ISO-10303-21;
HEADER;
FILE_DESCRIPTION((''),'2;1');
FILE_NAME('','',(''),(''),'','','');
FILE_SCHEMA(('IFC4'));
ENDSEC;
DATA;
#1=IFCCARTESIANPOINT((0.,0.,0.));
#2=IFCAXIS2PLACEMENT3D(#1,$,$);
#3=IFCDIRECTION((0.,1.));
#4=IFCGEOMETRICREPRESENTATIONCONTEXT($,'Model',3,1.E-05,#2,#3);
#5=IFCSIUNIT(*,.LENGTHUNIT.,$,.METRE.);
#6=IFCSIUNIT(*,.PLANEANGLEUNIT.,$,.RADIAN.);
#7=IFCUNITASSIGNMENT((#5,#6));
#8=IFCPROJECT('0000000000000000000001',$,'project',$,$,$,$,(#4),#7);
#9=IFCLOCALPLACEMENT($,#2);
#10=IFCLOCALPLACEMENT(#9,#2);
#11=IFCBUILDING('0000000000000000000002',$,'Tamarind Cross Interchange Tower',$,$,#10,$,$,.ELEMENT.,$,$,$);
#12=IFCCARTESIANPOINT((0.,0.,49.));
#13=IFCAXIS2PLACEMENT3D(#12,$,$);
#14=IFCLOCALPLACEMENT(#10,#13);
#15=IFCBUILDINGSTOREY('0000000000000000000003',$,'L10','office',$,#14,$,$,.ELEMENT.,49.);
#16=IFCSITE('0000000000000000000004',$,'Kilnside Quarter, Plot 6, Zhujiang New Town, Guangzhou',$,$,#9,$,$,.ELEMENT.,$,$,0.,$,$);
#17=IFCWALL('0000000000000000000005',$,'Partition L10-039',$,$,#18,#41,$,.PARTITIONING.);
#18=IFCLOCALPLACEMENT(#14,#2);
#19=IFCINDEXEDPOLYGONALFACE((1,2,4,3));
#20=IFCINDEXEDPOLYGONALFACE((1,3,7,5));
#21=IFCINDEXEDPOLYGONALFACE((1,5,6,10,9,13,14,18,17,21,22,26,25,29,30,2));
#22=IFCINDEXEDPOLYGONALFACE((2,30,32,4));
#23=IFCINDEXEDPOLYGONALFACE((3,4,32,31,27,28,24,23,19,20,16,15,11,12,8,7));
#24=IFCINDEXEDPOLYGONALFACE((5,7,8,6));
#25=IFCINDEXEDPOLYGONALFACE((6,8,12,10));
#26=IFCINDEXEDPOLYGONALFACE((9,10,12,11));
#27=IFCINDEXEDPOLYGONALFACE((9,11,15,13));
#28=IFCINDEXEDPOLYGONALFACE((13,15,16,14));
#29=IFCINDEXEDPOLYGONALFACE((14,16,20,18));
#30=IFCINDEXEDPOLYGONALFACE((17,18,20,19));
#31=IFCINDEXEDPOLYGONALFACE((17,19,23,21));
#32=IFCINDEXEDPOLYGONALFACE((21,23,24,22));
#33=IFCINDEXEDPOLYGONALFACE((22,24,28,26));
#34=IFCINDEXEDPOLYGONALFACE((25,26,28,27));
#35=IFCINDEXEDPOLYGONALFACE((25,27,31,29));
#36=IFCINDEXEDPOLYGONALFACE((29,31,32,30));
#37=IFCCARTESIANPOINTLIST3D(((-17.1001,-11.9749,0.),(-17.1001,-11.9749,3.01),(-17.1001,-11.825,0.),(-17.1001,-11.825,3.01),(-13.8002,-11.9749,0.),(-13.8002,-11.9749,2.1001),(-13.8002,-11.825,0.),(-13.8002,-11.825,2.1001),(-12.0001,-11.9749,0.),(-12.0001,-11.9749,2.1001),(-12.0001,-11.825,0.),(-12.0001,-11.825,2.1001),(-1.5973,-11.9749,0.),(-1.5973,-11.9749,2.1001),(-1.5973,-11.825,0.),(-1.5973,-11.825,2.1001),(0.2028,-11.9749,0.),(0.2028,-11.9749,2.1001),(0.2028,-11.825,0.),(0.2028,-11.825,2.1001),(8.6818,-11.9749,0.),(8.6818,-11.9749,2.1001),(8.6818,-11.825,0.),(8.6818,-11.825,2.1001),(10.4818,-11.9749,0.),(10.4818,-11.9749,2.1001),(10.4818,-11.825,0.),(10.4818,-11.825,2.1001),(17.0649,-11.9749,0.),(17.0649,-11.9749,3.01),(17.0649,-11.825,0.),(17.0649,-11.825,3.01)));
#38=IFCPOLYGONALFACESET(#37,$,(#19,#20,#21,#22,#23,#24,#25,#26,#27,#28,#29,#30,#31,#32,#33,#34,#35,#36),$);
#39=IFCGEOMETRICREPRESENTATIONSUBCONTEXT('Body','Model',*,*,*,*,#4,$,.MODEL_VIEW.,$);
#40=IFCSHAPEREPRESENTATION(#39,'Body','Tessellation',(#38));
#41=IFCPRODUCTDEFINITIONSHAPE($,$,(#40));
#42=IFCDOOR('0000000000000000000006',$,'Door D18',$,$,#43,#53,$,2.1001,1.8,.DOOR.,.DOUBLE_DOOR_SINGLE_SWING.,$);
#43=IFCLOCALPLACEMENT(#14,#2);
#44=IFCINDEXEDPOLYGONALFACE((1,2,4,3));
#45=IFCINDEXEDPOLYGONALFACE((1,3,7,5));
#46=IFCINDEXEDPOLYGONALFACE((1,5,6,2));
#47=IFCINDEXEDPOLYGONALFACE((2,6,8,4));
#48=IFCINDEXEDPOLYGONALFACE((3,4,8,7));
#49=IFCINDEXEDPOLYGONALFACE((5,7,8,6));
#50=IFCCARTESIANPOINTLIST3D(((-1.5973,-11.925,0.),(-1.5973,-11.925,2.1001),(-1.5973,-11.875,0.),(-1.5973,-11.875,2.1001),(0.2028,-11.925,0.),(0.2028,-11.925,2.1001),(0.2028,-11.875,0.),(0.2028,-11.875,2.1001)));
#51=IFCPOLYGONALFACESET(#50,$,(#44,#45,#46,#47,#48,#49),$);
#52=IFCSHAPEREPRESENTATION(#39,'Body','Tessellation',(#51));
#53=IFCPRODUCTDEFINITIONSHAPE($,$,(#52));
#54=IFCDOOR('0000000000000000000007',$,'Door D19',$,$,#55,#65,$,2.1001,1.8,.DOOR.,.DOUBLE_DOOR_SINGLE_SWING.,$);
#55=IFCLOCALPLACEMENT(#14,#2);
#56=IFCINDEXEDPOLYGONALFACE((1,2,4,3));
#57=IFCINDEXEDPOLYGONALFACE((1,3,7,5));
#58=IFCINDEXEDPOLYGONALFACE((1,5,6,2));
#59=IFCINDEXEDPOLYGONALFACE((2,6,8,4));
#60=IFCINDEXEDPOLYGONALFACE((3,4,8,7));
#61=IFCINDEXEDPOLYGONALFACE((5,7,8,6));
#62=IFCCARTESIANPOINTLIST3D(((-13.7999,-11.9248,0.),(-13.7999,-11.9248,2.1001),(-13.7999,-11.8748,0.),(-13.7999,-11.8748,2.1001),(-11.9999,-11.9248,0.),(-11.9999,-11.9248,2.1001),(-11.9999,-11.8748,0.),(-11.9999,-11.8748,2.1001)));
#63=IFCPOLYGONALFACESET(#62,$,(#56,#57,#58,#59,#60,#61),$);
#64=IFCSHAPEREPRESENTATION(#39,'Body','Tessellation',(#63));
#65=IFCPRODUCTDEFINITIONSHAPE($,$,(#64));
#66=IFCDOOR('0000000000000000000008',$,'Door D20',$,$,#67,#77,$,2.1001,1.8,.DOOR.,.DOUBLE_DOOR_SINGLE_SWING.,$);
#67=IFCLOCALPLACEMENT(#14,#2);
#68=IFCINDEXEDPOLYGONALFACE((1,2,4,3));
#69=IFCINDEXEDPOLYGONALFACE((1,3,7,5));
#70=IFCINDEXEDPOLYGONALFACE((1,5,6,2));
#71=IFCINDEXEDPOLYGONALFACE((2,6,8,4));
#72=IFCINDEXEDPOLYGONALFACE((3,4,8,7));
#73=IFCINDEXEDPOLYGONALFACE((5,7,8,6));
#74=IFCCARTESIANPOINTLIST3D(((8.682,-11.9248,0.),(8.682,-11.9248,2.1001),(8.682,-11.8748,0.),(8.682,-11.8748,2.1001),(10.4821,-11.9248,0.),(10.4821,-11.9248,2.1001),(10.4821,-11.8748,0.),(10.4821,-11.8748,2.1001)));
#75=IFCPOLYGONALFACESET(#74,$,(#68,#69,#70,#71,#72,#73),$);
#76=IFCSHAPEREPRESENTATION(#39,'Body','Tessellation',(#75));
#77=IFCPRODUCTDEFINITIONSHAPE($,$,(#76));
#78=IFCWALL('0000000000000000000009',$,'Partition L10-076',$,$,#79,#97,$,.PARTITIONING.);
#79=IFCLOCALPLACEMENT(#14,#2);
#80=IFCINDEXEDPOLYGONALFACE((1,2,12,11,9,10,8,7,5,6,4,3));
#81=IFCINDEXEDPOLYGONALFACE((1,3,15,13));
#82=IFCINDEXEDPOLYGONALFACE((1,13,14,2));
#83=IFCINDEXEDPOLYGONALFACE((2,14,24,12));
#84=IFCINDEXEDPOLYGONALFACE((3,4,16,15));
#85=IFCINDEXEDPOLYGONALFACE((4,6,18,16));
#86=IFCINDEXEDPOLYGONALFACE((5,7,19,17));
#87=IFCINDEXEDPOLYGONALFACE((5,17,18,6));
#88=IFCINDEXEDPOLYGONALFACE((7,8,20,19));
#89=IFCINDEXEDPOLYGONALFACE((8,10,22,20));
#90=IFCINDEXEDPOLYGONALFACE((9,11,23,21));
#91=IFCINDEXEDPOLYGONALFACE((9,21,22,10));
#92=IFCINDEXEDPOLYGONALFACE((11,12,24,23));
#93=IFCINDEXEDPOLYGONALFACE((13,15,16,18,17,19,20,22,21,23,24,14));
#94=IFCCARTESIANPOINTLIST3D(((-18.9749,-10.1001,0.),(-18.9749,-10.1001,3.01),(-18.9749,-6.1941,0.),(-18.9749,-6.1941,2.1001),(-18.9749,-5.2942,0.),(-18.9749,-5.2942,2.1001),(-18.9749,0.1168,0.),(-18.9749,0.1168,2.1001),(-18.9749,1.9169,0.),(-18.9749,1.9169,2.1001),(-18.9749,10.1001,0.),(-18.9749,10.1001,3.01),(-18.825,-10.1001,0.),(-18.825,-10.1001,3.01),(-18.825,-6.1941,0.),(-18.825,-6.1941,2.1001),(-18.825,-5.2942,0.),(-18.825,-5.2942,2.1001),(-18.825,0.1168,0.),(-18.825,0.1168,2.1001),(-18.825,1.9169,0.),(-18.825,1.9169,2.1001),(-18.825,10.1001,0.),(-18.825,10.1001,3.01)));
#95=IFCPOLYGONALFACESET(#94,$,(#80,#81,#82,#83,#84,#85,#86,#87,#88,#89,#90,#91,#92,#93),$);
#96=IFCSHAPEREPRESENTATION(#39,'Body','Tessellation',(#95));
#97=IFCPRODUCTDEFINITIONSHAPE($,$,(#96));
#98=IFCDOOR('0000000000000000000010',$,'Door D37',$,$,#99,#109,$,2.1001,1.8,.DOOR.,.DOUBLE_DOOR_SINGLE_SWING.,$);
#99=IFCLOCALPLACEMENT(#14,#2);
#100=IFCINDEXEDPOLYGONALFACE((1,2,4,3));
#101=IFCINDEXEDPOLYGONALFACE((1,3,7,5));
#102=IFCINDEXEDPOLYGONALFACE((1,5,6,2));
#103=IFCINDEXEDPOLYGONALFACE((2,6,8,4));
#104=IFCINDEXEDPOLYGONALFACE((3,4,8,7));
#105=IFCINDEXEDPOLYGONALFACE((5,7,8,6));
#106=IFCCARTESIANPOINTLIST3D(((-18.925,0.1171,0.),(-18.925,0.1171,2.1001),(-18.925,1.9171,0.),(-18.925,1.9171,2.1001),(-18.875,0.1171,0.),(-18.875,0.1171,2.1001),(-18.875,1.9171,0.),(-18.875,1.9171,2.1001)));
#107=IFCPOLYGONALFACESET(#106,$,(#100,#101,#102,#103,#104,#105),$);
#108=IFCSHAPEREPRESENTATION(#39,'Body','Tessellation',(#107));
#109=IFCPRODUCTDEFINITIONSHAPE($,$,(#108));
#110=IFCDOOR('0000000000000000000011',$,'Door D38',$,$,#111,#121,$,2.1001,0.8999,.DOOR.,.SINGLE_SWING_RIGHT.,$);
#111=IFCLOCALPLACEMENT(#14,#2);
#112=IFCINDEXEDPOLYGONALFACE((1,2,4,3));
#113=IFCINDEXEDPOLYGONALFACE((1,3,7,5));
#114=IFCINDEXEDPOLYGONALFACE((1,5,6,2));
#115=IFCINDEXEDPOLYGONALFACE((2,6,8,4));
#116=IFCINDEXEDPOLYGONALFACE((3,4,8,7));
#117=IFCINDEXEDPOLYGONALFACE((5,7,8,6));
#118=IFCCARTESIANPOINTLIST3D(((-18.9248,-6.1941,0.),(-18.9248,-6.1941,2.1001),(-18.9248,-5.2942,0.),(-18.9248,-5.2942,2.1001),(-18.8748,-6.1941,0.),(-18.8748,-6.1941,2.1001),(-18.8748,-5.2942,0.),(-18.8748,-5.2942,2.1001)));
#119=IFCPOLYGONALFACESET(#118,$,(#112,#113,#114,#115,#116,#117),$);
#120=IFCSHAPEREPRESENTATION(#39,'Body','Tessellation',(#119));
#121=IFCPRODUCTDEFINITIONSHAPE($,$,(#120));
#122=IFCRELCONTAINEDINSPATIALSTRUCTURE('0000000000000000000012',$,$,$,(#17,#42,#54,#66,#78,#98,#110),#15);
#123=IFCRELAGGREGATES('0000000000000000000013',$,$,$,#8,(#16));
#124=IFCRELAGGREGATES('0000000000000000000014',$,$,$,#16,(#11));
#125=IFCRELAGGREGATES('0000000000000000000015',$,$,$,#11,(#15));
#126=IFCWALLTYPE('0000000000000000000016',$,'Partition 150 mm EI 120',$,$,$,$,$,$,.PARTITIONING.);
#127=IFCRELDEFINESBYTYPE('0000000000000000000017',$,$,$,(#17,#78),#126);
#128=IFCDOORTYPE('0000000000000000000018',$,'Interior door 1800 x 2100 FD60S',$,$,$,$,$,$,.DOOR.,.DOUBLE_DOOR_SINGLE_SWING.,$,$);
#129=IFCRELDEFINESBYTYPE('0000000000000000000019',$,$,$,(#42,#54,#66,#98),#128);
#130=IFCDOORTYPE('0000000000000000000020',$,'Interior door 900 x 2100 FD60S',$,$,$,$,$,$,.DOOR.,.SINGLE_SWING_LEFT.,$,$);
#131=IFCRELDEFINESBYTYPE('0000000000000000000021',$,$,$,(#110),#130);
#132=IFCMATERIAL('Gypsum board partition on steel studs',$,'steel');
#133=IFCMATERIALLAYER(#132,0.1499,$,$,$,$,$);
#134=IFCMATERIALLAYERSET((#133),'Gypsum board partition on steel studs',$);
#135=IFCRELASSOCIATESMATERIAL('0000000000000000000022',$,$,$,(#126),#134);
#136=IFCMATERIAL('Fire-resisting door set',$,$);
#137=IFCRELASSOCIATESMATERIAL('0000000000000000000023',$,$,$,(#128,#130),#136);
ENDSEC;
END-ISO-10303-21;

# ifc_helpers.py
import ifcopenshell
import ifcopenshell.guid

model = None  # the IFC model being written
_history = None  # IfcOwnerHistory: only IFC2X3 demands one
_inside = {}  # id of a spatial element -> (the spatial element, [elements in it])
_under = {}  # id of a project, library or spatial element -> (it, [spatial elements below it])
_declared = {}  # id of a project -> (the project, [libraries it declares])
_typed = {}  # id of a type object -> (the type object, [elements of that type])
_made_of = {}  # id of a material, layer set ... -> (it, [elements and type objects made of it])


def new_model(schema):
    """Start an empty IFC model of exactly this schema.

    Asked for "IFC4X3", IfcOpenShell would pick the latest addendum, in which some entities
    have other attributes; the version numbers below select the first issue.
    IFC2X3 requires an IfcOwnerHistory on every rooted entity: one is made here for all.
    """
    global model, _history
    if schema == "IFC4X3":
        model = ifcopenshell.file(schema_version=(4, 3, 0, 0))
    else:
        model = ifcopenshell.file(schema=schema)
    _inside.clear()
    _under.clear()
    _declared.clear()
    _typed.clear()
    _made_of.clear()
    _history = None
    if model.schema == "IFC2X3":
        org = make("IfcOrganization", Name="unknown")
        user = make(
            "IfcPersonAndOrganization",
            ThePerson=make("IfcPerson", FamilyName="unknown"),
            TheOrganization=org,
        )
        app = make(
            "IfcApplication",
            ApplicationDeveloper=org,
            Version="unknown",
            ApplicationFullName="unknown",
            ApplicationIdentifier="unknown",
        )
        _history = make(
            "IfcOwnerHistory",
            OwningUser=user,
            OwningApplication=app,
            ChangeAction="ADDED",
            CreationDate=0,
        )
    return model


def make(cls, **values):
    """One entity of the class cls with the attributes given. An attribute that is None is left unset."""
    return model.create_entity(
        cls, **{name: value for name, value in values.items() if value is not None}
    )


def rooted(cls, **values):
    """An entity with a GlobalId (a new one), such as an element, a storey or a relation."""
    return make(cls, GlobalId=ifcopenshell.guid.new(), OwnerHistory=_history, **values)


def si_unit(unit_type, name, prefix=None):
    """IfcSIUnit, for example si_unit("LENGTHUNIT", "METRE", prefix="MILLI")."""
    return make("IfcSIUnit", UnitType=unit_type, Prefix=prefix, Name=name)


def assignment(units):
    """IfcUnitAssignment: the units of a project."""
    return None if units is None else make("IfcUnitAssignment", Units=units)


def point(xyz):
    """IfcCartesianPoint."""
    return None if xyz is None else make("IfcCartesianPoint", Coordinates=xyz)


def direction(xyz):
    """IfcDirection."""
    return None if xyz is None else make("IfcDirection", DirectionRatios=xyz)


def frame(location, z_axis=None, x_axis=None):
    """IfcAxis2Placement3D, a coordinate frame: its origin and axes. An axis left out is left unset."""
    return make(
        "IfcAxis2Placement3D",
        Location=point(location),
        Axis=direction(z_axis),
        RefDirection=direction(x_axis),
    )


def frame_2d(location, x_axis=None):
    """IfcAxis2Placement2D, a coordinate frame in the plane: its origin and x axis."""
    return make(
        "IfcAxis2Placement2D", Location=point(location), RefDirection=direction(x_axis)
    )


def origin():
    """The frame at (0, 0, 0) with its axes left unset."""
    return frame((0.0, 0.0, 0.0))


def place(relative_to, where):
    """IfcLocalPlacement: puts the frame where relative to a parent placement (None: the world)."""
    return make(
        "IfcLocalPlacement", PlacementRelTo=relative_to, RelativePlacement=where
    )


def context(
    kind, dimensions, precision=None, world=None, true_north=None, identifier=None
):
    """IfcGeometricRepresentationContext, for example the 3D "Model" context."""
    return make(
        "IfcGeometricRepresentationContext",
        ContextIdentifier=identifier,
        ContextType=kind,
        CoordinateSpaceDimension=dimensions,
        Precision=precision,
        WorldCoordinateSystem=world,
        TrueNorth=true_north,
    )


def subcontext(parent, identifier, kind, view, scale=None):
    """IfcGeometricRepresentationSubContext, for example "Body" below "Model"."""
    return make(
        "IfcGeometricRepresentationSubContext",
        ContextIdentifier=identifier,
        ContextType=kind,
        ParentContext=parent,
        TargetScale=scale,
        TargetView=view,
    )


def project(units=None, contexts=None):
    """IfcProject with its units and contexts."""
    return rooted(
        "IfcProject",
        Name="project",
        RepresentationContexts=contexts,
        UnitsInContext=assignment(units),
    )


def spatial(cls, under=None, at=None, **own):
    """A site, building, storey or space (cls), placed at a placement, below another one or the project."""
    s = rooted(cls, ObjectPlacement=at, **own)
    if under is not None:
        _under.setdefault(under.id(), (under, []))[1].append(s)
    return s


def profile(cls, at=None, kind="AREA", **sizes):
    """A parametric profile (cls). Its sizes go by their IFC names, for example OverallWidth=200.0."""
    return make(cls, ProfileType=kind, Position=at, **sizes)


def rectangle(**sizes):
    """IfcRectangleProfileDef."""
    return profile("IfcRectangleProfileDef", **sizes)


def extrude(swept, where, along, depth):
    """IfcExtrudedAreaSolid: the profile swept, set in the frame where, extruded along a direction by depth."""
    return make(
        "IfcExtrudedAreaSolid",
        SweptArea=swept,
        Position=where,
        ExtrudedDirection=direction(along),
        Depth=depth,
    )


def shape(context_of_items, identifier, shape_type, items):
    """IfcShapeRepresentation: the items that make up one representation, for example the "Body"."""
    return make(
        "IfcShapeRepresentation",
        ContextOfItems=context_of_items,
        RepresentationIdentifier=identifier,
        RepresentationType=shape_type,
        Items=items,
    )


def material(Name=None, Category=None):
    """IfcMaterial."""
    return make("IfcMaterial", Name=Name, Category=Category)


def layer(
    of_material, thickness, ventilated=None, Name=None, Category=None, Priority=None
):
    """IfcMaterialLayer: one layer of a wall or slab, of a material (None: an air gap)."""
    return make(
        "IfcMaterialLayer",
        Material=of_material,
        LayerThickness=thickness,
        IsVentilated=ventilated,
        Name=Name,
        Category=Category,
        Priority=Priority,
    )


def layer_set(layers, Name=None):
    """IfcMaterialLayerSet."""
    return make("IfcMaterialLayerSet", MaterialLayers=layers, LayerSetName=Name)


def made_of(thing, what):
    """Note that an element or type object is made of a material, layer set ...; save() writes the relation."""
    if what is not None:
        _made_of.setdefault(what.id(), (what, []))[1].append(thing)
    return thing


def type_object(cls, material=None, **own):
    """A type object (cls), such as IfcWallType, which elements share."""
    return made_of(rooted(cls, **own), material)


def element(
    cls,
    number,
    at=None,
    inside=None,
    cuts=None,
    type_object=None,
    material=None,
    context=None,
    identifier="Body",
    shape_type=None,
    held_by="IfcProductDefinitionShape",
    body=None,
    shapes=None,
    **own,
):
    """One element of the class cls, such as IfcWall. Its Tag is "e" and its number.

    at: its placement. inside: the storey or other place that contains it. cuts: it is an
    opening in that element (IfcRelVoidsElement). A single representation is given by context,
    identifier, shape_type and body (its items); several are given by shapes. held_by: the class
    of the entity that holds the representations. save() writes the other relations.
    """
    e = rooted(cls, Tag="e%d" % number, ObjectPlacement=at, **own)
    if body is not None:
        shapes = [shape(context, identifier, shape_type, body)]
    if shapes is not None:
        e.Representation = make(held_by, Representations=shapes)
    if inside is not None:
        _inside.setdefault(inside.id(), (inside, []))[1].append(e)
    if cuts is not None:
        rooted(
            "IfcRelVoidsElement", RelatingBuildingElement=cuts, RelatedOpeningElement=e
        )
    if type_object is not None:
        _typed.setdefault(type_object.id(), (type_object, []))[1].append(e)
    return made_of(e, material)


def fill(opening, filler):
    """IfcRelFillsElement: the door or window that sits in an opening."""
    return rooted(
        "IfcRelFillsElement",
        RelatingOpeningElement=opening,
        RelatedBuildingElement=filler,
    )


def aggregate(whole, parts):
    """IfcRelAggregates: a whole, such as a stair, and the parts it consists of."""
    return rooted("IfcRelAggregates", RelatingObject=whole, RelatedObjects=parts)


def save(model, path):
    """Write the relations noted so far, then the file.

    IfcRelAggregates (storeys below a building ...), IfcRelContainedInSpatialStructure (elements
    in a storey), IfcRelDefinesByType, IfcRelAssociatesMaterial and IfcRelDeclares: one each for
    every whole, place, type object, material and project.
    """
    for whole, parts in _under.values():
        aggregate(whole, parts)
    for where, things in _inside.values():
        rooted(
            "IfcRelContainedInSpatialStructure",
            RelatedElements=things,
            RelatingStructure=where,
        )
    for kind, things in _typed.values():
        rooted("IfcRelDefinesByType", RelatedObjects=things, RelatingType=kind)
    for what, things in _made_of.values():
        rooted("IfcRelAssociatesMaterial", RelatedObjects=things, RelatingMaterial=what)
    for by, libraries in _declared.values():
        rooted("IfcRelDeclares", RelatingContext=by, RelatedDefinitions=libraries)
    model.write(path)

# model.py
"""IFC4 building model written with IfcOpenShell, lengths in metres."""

from ifc_helpers import new_model, si_unit, direction, frame, frame_2d, origin, place, context, subcontext, project, spatial, rectangle, extrude, material, layer, layer_set, type_object, element, fill, save


model = new_model("IFC4")

# Units and contexts
model_context = context("Model", 3, precision=1e-05, world=origin(), true_north=direction((0.0, 1.0)))
body_context = subcontext(model_context, "Body", "Model", "MODEL_VIEW")
ifc_project = project(units=[si_unit("LENGTHUNIT", "METRE"), si_unit("PLANEANGLEUNIT", "RADIAN")], contexts=[model_context])

# Site, building, storey
site_placement = place(None, origin())
site = spatial("IfcSite", under=ifc_project, at=site_placement, Name="Kilnside Quarter, Plot 6, Zhujiang New Town, Guangzhou", CompositionType="ELEMENT", RefElevation=0.0)
building_placement = place(site_placement, origin())
building = spatial("IfcBuilding", under=site, at=building_placement, Name="Tamarind Cross Interchange Tower", CompositionType="ELEMENT")
storey_placement = place(building_placement, frame((0.0, 0.0, 49.0)))
storey = spatial("IfcBuildingStorey", under=building, at=storey_placement, Name="L10", Description="office", CompositionType="ELEMENT", Elevation=49.0)

# Shared definitions
ifc_material_1 = material(Name="Gypsum board partition on steel studs", Category="steel")
ifc_layer_1 = layer(ifc_material_1, 0.1499)
ifc_layer_set_1 = layer_set([ifc_layer_1], Name="Gypsum board partition on steel studs")
wall_type_1 = type_object("IfcWallType", Name="Partition 150 mm EI 120", PredefinedType="PARTITIONING", material=ifc_layer_set_1)

# Walls, openings, doors
wall_1_placement = place(storey_placement, frame((-17.1001, -11.8999, 0.0), z_axis=(0.0, 0.0, 1.0), x_axis=(1.0, 0.0, 0.0)))
wall_1 = element("IfcWall", 1, at=wall_1_placement, inside=storey, type_object=wall_type_1, Name="Partition L10-039", PredefinedType="PARTITIONING", context=body_context, shape_type="SweptSolid", body=[
    extrude(rectangle(XDim=34.165, YDim=0.1499, at=frame_2d((17.0825, 0.0))), origin(), (0.0, 0.0, 1.0), 3.01),
])
opening_1_placement = place(wall_1_placement, frame((15.5029, 0.0, 0.0)))
opening_1 = element("IfcOpeningElement", 2, at=opening_1_placement, cuts=wall_1, PredefinedType="OPENING", context=body_context, shape_type="SweptSolid", body=[
    extrude(rectangle(XDim=1.8, YDim=2.1001, at=frame_2d((0.8999, 1.05))), frame((0.0, 0.085, 0.0), z_axis=(0.0, -1.0, 0.0), x_axis=(1.0, 0.0, 0.0)), (0.0, 0.0, 1.0), 0.1699),
])
opening_2_placement = place(wall_1_placement, frame((3.3, 0.0, 0.0)))
opening_2 = element("IfcOpeningElement", 3, at=opening_2_placement, cuts=wall_1, PredefinedType="OPENING", context=body_context, shape_type="SweptSolid", body=[
    extrude(rectangle(XDim=1.8, YDim=2.1001, at=frame_2d((0.8999, 1.05))), frame((0.0, 0.085, 0.0), z_axis=(0.0, -1.0, 0.0), x_axis=(1.0, 0.0, 0.0)), (0.0, 0.0, 1.0), 0.1699),
])
opening_3_placement = place(wall_1_placement, frame((25.782, 0.0, 0.0)))
opening_3 = element("IfcOpeningElement", 4, at=opening_3_placement, cuts=wall_1, PredefinedType="OPENING", context=body_context, shape_type="SweptSolid", body=[
    extrude(rectangle(XDim=1.8, YDim=2.1001, at=frame_2d((0.8999, 1.05))), frame((0.0, 0.085, 0.0), z_axis=(0.0, -1.0, 0.0), x_axis=(1.0, 0.0, 0.0)), (0.0, 0.0, 1.0), 0.1699),
])
ifc_material_2 = material(Name="Fire-resisting door set")
door_type_1 = type_object("IfcDoorType", Name="Interior door 1800 x 2100 FD60S", OperationType="DOUBLE_DOOR_SINGLE_SWING", PredefinedType="DOOR", material=ifc_material_2)
door_1_placement = place(opening_1_placement, origin())
door_1 = element("IfcDoor", 5, at=door_1_placement, inside=storey, type_object=door_type_1, Name="Door D18", OperationType="DOUBLE_DOOR_SINGLE_SWING", OverallHeight=2.1001, OverallWidth=1.8, PredefinedType="DOOR", context=body_context, shape_type="SweptSolid", body=[
    extrude(rectangle(XDim=1.8, YDim=2.1001, at=frame_2d((0.8999, 1.05))), frame((0.0, 0.0249, 0.0), z_axis=(0.0, -1.0, 0.0), x_axis=(1.0, 0.0, 0.0)), (0.0, 0.0, 1.0), 0.05),
])
fill(opening_1, door_1)
door_2_placement = place(opening_2_placement, frame((1.8, 0.0, 0.0), z_axis=(0.0, 0.0, 1.0), x_axis=(-1.0, 0.0, 0.0)))
door_2 = element("IfcDoor", 6, at=door_2_placement, inside=storey, type_object=door_type_1, Name="Door D19", OperationType="DOUBLE_DOOR_SINGLE_SWING", OverallHeight=2.1001, OverallWidth=1.8, PredefinedType="DOOR", context=body_context, shape_type="SweptSolid", body=[
    extrude(rectangle(XDim=1.8, YDim=2.1001, at=frame_2d((0.8999, 1.05))), frame((0.0, 0.0249, 0.0), z_axis=(0.0, -1.0, 0.0), x_axis=(1.0, 0.0, 0.0)), (0.0, 0.0, 1.0), 0.05),
])
fill(opening_2, door_2)
door_3_placement = place(opening_3_placement, frame((1.8, 0.0, 0.0), z_axis=(0.0, 0.0, 1.0), x_axis=(-1.0, 0.0, 0.0)))
door_3 = element("IfcDoor", 7, at=door_3_placement, inside=storey, type_object=door_type_1, Name="Door D20", OperationType="DOUBLE_DOOR_SINGLE_SWING", OverallHeight=2.1001, OverallWidth=1.8, PredefinedType="DOOR", context=body_context, shape_type="SweptSolid", body=[
    extrude(rectangle(XDim=1.8, YDim=2.1001, at=frame_2d((0.8999, 1.05))), frame((0.0, 0.0249, 0.0), z_axis=(0.0, -1.0, 0.0), x_axis=(1.0, 0.0, 0.0)), (0.0, 0.0, 1.0), 0.05),
])
fill(opening_3, door_3)
wall_2_placement = place(storey_placement, frame((-18.8999, -10.1001, 0.0), z_axis=(0.0, 0.0, 1.0), x_axis=(0.0, 1.0, 0.0)))
wall_2 = element("IfcWall", 8, at=wall_2_placement, inside=storey, type_object=wall_type_1, Name="Partition L10-076", PredefinedType="PARTITIONING", context=body_context, shape_type="SweptSolid", body=[
    extrude(rectangle(XDim=20.2002, YDim=0.1499, at=frame_2d((10.1001, 0.0))), origin(), (0.0, 0.0, 1.0), 3.01),
])
opening_4_placement = place(wall_2_placement, frame((10.217, 0.0, 0.0)))
opening_4 = element("IfcOpeningElement", 9, at=opening_4_placement, cuts=wall_2, PredefinedType="OPENING", context=body_context, shape_type="SweptSolid", body=[
    extrude(rectangle(XDim=1.8, YDim=2.1001, at=frame_2d((0.8999, 1.05))), frame((0.0, 0.085, 0.0), z_axis=(0.0, -1.0, 0.0), x_axis=(1.0, 0.0, 0.0)), (0.0, 0.0, 1.0), 0.1699),
])
opening_5_placement = place(wall_2_placement, frame((3.906, 0.0, 0.0)))
opening_5 = element("IfcOpeningElement", 10, at=opening_5_placement, cuts=wall_2, PredefinedType="OPENING", context=body_context, shape_type="SweptSolid", body=[
    extrude(rectangle(XDim=0.8999, YDim=2.1001, at=frame_2d((0.45, 1.05))), frame((0.0, 0.085, 0.0), z_axis=(0.0, -1.0, 0.0), x_axis=(1.0, 0.0, 0.0)), (0.0, 0.0, 1.0), 0.1699),
])
door_4_placement = place(opening_4_placement, frame((1.8, 0.0, 0.0), z_axis=(0.0, 0.0, 1.0), x_axis=(-1.0, 0.0, 0.0)))
door_4 = element("IfcDoor", 11, at=door_4_placement, inside=storey, type_object=door_type_1, Name="Door D37", OperationType="DOUBLE_DOOR_SINGLE_SWING", OverallHeight=2.1001, OverallWidth=1.8, PredefinedType="DOOR", context=body_context, shape_type="SweptSolid", body=[
    extrude(rectangle(XDim=1.8, YDim=2.1001, at=frame_2d((0.8999, 1.05))), frame((0.0, 0.0249, 0.0), z_axis=(0.0, -1.0, 0.0), x_axis=(1.0, 0.0, 0.0)), (0.0, 0.0, 1.0), 0.05),
])
fill(opening_4, door_4)
door_type_2 = type_object("IfcDoorType", Name="Interior door 900 x 2100 FD60S", OperationType="SINGLE_SWING_LEFT", PredefinedType="DOOR", material=ifc_material_2)
door_5_placement = place(opening_5_placement, origin())
door_5 = element("IfcDoor", 12, at=door_5_placement, inside=storey, type_object=door_type_2, Name="Door D38", OperationType="SINGLE_SWING_RIGHT", OverallHeight=2.1001, OverallWidth=0.8999, PredefinedType="DOOR", context=body_context, shape_type="SweptSolid", body=[
    extrude(rectangle(XDim=0.8999, YDim=2.1001, at=frame_2d((0.45, 1.05))), frame((0.0, 0.0249, 0.0), z_axis=(0.0, -1.0, 0.0), x_axis=(1.0, 0.0, 0.0)), (0.0, 0.0, 1.0), 0.05),
])
fill(opening_5, door_5)

save(model, "model.ifc")
